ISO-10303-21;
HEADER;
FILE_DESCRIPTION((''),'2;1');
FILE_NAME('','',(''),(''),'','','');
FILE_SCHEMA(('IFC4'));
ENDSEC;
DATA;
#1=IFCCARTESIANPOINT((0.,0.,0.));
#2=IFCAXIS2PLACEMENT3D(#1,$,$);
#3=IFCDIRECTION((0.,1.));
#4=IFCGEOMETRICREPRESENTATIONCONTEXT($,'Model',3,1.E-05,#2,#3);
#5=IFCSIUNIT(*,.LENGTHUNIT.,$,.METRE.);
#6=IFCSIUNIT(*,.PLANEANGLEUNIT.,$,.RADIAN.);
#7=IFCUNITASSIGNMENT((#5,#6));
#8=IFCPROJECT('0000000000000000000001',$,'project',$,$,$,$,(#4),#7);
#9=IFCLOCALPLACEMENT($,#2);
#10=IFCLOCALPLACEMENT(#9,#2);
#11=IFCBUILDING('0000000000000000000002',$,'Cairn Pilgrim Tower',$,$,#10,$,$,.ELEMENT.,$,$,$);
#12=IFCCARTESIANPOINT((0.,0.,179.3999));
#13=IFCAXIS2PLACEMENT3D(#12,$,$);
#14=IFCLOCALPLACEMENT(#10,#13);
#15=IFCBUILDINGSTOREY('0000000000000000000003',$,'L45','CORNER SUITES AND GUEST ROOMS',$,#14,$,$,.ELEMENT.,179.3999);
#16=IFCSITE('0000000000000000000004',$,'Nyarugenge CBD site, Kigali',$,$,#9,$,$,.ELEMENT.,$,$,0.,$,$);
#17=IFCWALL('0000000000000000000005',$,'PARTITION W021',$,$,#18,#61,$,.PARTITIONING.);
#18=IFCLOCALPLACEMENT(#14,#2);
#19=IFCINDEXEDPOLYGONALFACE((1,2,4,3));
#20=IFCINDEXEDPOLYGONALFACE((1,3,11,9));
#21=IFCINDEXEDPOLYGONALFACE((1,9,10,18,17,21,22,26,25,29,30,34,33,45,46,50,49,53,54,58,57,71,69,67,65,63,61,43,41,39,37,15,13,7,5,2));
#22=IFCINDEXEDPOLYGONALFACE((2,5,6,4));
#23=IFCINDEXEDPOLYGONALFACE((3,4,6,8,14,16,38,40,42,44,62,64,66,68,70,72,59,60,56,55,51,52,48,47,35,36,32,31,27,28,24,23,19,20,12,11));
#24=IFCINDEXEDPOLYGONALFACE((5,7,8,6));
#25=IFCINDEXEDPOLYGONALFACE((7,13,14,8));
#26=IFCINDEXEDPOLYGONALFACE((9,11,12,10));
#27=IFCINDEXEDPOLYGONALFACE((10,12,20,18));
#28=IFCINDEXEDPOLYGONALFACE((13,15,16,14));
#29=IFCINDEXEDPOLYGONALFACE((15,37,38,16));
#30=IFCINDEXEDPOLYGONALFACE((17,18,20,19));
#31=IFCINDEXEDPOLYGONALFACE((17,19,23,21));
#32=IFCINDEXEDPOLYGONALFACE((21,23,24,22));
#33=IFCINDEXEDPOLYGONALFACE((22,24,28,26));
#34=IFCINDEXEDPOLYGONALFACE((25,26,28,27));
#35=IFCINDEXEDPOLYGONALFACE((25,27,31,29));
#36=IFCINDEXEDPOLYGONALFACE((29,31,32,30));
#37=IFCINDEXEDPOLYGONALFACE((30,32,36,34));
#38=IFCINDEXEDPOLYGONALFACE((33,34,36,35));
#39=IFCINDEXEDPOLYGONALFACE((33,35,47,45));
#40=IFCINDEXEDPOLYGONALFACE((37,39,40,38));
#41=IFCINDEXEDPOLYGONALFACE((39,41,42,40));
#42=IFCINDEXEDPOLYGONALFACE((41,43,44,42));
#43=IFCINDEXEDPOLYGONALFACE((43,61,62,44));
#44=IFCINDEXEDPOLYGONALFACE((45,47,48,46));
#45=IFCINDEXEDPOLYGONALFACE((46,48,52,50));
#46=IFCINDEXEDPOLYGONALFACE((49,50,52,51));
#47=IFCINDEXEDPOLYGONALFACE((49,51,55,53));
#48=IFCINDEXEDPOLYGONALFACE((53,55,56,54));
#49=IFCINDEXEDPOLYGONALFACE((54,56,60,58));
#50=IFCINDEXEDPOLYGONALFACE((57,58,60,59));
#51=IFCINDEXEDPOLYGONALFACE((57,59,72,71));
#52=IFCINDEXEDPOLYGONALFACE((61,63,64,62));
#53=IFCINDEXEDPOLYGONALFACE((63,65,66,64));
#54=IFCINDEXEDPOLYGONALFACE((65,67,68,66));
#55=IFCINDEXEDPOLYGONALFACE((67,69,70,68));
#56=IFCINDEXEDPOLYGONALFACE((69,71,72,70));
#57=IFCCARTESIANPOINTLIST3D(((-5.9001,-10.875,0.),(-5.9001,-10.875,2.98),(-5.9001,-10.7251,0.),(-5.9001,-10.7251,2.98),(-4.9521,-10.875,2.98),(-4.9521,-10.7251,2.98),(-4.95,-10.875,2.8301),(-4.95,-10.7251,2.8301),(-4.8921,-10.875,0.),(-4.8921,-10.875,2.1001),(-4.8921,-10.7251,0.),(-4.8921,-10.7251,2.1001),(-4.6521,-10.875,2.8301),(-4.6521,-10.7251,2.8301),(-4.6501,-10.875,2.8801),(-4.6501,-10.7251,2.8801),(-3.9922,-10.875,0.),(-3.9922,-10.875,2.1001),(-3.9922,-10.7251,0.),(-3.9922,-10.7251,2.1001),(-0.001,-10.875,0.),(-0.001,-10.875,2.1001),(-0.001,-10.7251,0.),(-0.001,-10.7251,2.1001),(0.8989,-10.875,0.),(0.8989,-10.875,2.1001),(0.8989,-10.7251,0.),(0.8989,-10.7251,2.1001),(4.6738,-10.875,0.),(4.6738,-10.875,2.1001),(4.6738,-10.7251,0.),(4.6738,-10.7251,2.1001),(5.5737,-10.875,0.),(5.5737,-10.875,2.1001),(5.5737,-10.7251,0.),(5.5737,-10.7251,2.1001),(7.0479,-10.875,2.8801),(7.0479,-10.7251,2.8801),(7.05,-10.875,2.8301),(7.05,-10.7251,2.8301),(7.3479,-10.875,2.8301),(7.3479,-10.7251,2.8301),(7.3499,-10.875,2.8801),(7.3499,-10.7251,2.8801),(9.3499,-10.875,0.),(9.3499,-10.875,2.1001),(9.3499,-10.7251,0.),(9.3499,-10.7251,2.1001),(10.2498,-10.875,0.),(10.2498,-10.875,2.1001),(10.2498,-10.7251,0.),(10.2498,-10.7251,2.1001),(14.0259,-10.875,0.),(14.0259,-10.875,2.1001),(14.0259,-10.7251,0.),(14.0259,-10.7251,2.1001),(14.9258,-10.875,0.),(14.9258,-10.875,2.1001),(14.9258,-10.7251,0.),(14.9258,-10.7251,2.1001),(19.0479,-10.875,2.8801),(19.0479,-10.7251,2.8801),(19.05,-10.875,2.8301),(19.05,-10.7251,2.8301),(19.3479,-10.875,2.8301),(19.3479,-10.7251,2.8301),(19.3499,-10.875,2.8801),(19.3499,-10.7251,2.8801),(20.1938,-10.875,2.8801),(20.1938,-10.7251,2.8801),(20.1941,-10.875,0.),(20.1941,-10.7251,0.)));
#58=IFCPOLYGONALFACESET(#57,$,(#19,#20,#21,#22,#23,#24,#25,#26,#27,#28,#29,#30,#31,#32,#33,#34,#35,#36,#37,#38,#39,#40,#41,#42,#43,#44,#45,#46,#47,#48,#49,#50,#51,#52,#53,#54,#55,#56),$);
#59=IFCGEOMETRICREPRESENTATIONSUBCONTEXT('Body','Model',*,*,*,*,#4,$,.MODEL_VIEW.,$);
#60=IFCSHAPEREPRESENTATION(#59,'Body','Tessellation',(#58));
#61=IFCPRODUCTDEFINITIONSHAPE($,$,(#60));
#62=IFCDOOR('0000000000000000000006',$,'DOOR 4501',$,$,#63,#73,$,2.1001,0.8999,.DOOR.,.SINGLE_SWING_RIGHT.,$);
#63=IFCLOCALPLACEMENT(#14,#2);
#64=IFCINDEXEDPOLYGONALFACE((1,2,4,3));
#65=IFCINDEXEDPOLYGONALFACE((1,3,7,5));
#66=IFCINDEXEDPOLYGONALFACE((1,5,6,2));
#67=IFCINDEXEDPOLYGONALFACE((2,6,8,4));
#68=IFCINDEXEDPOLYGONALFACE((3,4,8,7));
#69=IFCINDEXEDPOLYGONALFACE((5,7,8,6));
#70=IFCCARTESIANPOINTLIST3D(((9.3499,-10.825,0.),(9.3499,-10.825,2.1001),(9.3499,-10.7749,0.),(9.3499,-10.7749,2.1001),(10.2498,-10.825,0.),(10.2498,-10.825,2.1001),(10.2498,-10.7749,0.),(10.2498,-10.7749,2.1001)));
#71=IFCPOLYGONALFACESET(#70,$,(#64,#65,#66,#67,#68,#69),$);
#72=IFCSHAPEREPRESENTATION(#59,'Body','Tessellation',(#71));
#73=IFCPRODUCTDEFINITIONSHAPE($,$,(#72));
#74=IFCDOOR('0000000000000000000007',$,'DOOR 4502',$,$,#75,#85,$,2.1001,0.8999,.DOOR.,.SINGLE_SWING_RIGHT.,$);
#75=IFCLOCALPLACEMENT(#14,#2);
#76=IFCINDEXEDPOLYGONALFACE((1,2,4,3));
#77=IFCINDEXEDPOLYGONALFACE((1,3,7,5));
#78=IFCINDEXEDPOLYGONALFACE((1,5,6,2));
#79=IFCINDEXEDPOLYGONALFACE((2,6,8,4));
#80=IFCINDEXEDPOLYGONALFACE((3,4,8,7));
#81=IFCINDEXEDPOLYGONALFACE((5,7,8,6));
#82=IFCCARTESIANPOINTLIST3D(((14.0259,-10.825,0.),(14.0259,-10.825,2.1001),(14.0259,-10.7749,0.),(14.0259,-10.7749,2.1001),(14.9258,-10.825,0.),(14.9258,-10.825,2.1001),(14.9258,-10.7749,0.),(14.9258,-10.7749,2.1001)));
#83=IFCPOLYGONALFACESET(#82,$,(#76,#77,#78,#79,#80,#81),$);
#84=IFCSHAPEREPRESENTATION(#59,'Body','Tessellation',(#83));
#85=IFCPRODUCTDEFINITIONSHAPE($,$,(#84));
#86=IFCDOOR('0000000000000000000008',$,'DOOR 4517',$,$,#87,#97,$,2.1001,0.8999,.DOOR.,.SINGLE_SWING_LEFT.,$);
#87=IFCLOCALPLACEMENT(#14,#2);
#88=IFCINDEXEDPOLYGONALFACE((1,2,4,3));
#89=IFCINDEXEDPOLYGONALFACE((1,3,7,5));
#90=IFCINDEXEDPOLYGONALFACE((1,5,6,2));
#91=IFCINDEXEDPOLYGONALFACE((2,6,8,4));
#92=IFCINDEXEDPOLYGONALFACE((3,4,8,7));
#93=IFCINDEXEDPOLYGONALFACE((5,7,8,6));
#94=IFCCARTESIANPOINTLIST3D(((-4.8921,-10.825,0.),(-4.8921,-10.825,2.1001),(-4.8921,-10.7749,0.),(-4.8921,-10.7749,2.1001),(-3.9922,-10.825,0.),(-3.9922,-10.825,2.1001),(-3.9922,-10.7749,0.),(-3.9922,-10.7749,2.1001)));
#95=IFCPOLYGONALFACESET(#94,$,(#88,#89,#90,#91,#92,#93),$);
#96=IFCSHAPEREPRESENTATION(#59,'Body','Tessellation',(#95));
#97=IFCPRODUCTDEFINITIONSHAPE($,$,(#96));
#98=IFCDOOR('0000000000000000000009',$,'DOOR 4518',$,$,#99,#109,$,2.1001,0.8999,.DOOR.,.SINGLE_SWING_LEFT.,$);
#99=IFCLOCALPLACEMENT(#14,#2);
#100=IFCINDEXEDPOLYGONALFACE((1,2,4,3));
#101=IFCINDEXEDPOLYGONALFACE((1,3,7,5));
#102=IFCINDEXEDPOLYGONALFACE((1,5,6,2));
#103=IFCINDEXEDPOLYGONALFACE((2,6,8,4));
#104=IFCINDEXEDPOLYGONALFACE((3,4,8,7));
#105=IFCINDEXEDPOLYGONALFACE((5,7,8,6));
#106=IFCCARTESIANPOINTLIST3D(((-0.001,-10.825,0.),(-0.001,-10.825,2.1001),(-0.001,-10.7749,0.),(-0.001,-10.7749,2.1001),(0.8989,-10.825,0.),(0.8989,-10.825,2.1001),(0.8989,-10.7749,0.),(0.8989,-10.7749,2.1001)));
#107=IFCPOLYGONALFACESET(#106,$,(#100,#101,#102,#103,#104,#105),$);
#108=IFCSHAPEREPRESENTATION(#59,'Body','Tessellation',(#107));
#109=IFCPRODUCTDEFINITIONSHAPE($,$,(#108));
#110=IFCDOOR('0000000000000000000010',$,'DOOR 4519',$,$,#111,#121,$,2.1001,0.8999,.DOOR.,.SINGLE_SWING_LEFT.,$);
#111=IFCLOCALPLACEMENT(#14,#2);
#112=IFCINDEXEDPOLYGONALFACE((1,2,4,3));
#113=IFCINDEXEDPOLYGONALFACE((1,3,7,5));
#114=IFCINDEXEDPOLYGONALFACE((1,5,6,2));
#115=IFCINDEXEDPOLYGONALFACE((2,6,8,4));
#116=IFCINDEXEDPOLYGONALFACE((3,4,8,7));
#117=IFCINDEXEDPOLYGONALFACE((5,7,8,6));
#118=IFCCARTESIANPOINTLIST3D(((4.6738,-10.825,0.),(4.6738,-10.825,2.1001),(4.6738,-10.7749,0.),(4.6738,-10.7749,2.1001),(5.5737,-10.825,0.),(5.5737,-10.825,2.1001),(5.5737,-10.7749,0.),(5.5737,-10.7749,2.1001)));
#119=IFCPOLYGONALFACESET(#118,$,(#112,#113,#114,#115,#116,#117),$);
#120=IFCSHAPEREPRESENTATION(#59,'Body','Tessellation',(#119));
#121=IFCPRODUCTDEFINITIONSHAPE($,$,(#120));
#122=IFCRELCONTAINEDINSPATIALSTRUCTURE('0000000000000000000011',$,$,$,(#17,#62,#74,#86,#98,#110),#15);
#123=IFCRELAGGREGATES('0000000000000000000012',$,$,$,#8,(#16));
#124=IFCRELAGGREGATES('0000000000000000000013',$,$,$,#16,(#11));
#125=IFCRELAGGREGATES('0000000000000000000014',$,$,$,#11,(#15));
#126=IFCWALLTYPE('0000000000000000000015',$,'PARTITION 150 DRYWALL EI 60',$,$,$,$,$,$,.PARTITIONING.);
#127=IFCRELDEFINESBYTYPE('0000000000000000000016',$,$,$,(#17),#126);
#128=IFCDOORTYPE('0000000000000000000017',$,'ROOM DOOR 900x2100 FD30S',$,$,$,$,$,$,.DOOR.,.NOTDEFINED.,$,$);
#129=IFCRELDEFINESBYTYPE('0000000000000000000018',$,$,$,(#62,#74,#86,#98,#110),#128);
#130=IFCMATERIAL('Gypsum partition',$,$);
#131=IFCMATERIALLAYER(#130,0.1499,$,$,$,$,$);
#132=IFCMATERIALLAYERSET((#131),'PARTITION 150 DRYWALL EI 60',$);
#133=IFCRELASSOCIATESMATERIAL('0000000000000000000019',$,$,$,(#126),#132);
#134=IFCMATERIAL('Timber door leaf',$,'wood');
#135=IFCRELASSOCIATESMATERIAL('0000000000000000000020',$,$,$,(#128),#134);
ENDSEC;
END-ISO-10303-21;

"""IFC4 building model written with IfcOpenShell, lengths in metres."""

from ifc_helpers import new_model, si_unit, direction, frame, frame_2d, origin, place, context, subcontext, project, spatial, polyline, rectangle, outline, extrude, material, layer, layer_set, type_object, element, fill, save


model = new_model("IFC4")

# Units and contexts
model_context = context("Model", 3, precision=1e-05, world=origin(), true_north=direction((0.0, 1.0)))
body_context = subcontext(model_context, "Body", "Model", "MODEL_VIEW")
ifc_project = project(units=[si_unit("LENGTHUNIT", "METRE"), si_unit("PLANEANGLEUNIT", "RADIAN")], contexts=[model_context])

# Site, building, storey
site_placement = place(None, origin())
site = spatial("IfcSite", under=ifc_project, at=site_placement, Name="Nyarugenge CBD site, Kigali", CompositionType="ELEMENT", RefElevation=0.0)
building_placement = place(site_placement, origin())
building = spatial("IfcBuilding", under=site, at=building_placement, Name="Cairn Pilgrim Tower", CompositionType="ELEMENT")
storey_placement = place(building_placement, frame((0.0, 0.0, 179.3999)))
storey = spatial("IfcBuildingStorey", under=building, at=storey_placement, Name="L45", Description="CORNER SUITES AND GUEST ROOMS", CompositionType="ELEMENT", Elevation=179.3999)

# Wall, openings, doors
ifc_material_1 = material(Name="Gypsum partition")
ifc_layer_1 = layer(ifc_material_1, 0.1499)
ifc_layer_set_1 = layer_set([ifc_layer_1], Name="PARTITION 150 DRYWALL EI 60")
wall_type_1 = type_object("IfcWallType", Name="PARTITION 150 DRYWALL EI 60", PredefinedType="PARTITIONING", material=ifc_layer_set_1)
wall_1_placement = place(storey_placement, frame((-5.9001, -10.8, 0.0), z_axis=(0.0, 0.0, 1.0), x_axis=(1.0, 0.0, 0.0)))
wall_1 = element("IfcWall", 1, at=wall_1_placement, inside=storey, type_object=wall_type_1, Name="PARTITION W021", PredefinedType="PARTITIONING", context=body_context, shape_type="SweptSolid", body=[
    extrude(outline(polyline([(0.0, 0.0), (26.0942, 0.0), (26.094, 2.8801), (25.25, 2.8801), (25.248, 2.8301), (24.9502, 2.8301), (24.948, 2.8801), (13.25, 2.8801), (13.248, 2.8301), (12.9502, 2.8301), (12.948, 2.8801), (1.25, 2.8801), (1.248, 2.8301), (0.9502, 2.8301), (0.948, 2.98), (0.0, 2.98), (0.0, 0.0)])), frame((0.0, 0.075, 0.0), z_axis=(0.0, -1.0, 0.0), x_axis=(1.0, 0.0, 0.0)), (0.0, 0.0, 1.0), 0.1499),
])
opening_1_placement = place(wall_1_placement, frame((15.25, 0.0, 0.0)))
opening_1 = element("IfcOpeningElement", 2, at=opening_1_placement, cuts=wall_1, PredefinedType="OPENING", context=body_context, shape_type="SweptSolid", body=[
    extrude(rectangle(XDim=0.8999, YDim=2.1001, at=frame_2d((0.45, 1.05))), frame((0.0, 0.085, 0.0), z_axis=(0.0, -1.0, 0.0), x_axis=(1.0, 0.0, 0.0)), (0.0, 0.0, 1.0), 0.1699),
])
opening_2_placement = place(wall_1_placement, frame((19.926, 0.0, 0.0)))
opening_2 = element("IfcOpeningElement", 3, at=opening_2_placement, cuts=wall_1, PredefinedType="OPENING", context=body_context, shape_type="SweptSolid", body=[
    extrude(rectangle(XDim=0.8999, YDim=2.1001, at=frame_2d((0.45, 1.05))), frame((0.0, 0.085, 0.0), z_axis=(0.0, -1.0, 0.0), x_axis=(1.0, 0.0, 0.0)), (0.0, 0.0, 1.0), 0.1699),
])
opening_3_placement = place(wall_1_placement, frame((1.0081, 0.0, 0.0)))
opening_3 = element("IfcOpeningElement", 4, at=opening_3_placement, cuts=wall_1, PredefinedType="OPENING", context=body_context, shape_type="SweptSolid", body=[
    extrude(rectangle(XDim=0.8999, YDim=2.1001, at=frame_2d((0.45, 1.05))), frame((0.0, 0.085, 0.0), z_axis=(0.0, -1.0, 0.0), x_axis=(1.0, 0.0, 0.0)), (0.0, 0.0, 1.0), 0.1699),
])
opening_4_placement = place(wall_1_placement, frame((5.8992, 0.0, 0.0)))
opening_4 = element("IfcOpeningElement", 5, at=opening_4_placement, cuts=wall_1, PredefinedType="OPENING", context=body_context, shape_type="SweptSolid", body=[
    extrude(rectangle(XDim=0.8999, YDim=2.1001, at=frame_2d((0.45, 1.05))), frame((0.0, 0.085, 0.0), z_axis=(0.0, -1.0, 0.0), x_axis=(1.0, 0.0, 0.0)), (0.0, 0.0, 1.0), 0.1699),
])
opening_5_placement = place(wall_1_placement, frame((10.574, 0.0, 0.0)))
opening_5 = element("IfcOpeningElement", 6, at=opening_5_placement, cuts=wall_1, PredefinedType="OPENING", context=body_context, shape_type="SweptSolid", body=[
    extrude(rectangle(XDim=0.8999, YDim=2.1001, at=frame_2d((0.45, 1.05))), frame((0.0, 0.085, 0.0), z_axis=(0.0, -1.0, 0.0), x_axis=(1.0, 0.0, 0.0)), (0.0, 0.0, 1.0), 0.1699),
])
ifc_material_2 = material(Name="Timber door leaf", Category="wood")
door_type_1 = type_object("IfcDoorType", Name="ROOM DOOR 900x2100 FD30S", OperationType="NOTDEFINED", PredefinedType="DOOR", material=ifc_material_2)
door_1_placement = place(opening_1_placement, frame((0.8999, 0.0, 0.0), z_axis=(0.0, 0.0, 1.0), x_axis=(-1.0, 0.0, 0.0)))
door_1 = element("IfcDoor", 7, at=door_1_placement, inside=storey, type_object=door_type_1, Name="DOOR 4501", OperationType="SINGLE_SWING_RIGHT", OverallHeight=2.1001, OverallWidth=0.8999, PredefinedType="DOOR", context=body_context, shape_type="SweptSolid", body=[
    extrude(rectangle(XDim=0.8999, YDim=2.1001, at=frame_2d((0.45, 1.05))), frame((0.0, 0.0249, 0.0), z_axis=(0.0, -1.0, 0.0), x_axis=(1.0, 0.0, 0.0)), (0.0, 0.0, 1.0), 0.05),
])
fill(opening_1, door_1)
door_2_placement = place(opening_2_placement, frame((0.8999, 0.0, 0.0), z_axis=(0.0, 0.0, 1.0), x_axis=(-1.0, 0.0, 0.0)))
door_2 = element("IfcDoor", 8, at=door_2_placement, inside=storey, type_object=door_type_1, Name="DOOR 4502", OperationType="SINGLE_SWING_RIGHT", OverallHeight=2.1001, OverallWidth=0.8999, PredefinedType="DOOR", context=body_context, shape_type="SweptSolid", body=[
    extrude(rectangle(XDim=0.8999, YDim=2.1001, at=frame_2d((0.45, 1.05))), frame((0.0, 0.0249, 0.0), z_axis=(0.0, -1.0, 0.0), x_axis=(1.0, 0.0, 0.0)), (0.0, 0.0, 1.0), 0.05),
])
fill(opening_2, door_2)
door_3_placement = place(opening_3_placement, frame((0.8999, 0.0, 0.0), z_axis=(0.0, 0.0, 1.0), x_axis=(-1.0, 0.0, 0.0)))
door_3 = element("IfcDoor", 9, at=door_3_placement, inside=storey, type_object=door_type_1, Name="DOOR 4517", OperationType="SINGLE_SWING_LEFT", OverallHeight=2.1001, OverallWidth=0.8999, PredefinedType="DOOR", context=body_context, shape_type="SweptSolid", body=[
    extrude(rectangle(XDim=0.8999, YDim=2.1001, at=frame_2d((0.45, 1.05))), frame((0.0, 0.0249, 0.0), z_axis=(0.0, -1.0, 0.0), x_axis=(1.0, 0.0, 0.0)), (0.0, 0.0, 1.0), 0.05),
])
fill(opening_3, door_3)
door_4_placement = place(opening_4_placement, frame((0.8999, 0.0, 0.0), z_axis=(0.0, 0.0, 1.0), x_axis=(-1.0, 0.0, 0.0)))
door_4 = element("IfcDoor", 10, at=door_4_placement, inside=storey, type_object=door_type_1, Name="DOOR 4518", OperationType="SINGLE_SWING_LEFT", OverallHeight=2.1001, OverallWidth=0.8999, PredefinedType="DOOR", context=body_context, shape_type="SweptSolid", body=[
    extrude(rectangle(XDim=0.8999, YDim=2.1001, at=frame_2d((0.45, 1.05))), frame((0.0, 0.0249, 0.0), z_axis=(0.0, -1.0, 0.0), x_axis=(1.0, 0.0, 0.0)), (0.0, 0.0, 1.0), 0.05),
])
fill(opening_4, door_4)
door_5_placement = place(opening_5_placement, frame((0.8999, 0.0, 0.0), z_axis=(0.0, 0.0, 1.0), x_axis=(-1.0, 0.0, 0.0)))
door_5 = element("IfcDoor", 11, at=door_5_placement, inside=storey, type_object=door_type_1, Name="DOOR 4519", OperationType="SINGLE_SWING_LEFT", OverallHeight=2.1001, OverallWidth=0.8999, PredefinedType="DOOR", context=body_context, shape_type="SweptSolid", body=[
    extrude(rectangle(XDim=0.8999, YDim=2.1001, at=frame_2d((0.45, 1.05))), frame((0.0, 0.0249, 0.0), z_axis=(0.0, -1.0, 0.0), x_axis=(1.0, 0.0, 0.0)), (0.0, 0.0, 1.0), 0.05),
])
fill(opening_5, door_5)

save(model, "model.ifc")
